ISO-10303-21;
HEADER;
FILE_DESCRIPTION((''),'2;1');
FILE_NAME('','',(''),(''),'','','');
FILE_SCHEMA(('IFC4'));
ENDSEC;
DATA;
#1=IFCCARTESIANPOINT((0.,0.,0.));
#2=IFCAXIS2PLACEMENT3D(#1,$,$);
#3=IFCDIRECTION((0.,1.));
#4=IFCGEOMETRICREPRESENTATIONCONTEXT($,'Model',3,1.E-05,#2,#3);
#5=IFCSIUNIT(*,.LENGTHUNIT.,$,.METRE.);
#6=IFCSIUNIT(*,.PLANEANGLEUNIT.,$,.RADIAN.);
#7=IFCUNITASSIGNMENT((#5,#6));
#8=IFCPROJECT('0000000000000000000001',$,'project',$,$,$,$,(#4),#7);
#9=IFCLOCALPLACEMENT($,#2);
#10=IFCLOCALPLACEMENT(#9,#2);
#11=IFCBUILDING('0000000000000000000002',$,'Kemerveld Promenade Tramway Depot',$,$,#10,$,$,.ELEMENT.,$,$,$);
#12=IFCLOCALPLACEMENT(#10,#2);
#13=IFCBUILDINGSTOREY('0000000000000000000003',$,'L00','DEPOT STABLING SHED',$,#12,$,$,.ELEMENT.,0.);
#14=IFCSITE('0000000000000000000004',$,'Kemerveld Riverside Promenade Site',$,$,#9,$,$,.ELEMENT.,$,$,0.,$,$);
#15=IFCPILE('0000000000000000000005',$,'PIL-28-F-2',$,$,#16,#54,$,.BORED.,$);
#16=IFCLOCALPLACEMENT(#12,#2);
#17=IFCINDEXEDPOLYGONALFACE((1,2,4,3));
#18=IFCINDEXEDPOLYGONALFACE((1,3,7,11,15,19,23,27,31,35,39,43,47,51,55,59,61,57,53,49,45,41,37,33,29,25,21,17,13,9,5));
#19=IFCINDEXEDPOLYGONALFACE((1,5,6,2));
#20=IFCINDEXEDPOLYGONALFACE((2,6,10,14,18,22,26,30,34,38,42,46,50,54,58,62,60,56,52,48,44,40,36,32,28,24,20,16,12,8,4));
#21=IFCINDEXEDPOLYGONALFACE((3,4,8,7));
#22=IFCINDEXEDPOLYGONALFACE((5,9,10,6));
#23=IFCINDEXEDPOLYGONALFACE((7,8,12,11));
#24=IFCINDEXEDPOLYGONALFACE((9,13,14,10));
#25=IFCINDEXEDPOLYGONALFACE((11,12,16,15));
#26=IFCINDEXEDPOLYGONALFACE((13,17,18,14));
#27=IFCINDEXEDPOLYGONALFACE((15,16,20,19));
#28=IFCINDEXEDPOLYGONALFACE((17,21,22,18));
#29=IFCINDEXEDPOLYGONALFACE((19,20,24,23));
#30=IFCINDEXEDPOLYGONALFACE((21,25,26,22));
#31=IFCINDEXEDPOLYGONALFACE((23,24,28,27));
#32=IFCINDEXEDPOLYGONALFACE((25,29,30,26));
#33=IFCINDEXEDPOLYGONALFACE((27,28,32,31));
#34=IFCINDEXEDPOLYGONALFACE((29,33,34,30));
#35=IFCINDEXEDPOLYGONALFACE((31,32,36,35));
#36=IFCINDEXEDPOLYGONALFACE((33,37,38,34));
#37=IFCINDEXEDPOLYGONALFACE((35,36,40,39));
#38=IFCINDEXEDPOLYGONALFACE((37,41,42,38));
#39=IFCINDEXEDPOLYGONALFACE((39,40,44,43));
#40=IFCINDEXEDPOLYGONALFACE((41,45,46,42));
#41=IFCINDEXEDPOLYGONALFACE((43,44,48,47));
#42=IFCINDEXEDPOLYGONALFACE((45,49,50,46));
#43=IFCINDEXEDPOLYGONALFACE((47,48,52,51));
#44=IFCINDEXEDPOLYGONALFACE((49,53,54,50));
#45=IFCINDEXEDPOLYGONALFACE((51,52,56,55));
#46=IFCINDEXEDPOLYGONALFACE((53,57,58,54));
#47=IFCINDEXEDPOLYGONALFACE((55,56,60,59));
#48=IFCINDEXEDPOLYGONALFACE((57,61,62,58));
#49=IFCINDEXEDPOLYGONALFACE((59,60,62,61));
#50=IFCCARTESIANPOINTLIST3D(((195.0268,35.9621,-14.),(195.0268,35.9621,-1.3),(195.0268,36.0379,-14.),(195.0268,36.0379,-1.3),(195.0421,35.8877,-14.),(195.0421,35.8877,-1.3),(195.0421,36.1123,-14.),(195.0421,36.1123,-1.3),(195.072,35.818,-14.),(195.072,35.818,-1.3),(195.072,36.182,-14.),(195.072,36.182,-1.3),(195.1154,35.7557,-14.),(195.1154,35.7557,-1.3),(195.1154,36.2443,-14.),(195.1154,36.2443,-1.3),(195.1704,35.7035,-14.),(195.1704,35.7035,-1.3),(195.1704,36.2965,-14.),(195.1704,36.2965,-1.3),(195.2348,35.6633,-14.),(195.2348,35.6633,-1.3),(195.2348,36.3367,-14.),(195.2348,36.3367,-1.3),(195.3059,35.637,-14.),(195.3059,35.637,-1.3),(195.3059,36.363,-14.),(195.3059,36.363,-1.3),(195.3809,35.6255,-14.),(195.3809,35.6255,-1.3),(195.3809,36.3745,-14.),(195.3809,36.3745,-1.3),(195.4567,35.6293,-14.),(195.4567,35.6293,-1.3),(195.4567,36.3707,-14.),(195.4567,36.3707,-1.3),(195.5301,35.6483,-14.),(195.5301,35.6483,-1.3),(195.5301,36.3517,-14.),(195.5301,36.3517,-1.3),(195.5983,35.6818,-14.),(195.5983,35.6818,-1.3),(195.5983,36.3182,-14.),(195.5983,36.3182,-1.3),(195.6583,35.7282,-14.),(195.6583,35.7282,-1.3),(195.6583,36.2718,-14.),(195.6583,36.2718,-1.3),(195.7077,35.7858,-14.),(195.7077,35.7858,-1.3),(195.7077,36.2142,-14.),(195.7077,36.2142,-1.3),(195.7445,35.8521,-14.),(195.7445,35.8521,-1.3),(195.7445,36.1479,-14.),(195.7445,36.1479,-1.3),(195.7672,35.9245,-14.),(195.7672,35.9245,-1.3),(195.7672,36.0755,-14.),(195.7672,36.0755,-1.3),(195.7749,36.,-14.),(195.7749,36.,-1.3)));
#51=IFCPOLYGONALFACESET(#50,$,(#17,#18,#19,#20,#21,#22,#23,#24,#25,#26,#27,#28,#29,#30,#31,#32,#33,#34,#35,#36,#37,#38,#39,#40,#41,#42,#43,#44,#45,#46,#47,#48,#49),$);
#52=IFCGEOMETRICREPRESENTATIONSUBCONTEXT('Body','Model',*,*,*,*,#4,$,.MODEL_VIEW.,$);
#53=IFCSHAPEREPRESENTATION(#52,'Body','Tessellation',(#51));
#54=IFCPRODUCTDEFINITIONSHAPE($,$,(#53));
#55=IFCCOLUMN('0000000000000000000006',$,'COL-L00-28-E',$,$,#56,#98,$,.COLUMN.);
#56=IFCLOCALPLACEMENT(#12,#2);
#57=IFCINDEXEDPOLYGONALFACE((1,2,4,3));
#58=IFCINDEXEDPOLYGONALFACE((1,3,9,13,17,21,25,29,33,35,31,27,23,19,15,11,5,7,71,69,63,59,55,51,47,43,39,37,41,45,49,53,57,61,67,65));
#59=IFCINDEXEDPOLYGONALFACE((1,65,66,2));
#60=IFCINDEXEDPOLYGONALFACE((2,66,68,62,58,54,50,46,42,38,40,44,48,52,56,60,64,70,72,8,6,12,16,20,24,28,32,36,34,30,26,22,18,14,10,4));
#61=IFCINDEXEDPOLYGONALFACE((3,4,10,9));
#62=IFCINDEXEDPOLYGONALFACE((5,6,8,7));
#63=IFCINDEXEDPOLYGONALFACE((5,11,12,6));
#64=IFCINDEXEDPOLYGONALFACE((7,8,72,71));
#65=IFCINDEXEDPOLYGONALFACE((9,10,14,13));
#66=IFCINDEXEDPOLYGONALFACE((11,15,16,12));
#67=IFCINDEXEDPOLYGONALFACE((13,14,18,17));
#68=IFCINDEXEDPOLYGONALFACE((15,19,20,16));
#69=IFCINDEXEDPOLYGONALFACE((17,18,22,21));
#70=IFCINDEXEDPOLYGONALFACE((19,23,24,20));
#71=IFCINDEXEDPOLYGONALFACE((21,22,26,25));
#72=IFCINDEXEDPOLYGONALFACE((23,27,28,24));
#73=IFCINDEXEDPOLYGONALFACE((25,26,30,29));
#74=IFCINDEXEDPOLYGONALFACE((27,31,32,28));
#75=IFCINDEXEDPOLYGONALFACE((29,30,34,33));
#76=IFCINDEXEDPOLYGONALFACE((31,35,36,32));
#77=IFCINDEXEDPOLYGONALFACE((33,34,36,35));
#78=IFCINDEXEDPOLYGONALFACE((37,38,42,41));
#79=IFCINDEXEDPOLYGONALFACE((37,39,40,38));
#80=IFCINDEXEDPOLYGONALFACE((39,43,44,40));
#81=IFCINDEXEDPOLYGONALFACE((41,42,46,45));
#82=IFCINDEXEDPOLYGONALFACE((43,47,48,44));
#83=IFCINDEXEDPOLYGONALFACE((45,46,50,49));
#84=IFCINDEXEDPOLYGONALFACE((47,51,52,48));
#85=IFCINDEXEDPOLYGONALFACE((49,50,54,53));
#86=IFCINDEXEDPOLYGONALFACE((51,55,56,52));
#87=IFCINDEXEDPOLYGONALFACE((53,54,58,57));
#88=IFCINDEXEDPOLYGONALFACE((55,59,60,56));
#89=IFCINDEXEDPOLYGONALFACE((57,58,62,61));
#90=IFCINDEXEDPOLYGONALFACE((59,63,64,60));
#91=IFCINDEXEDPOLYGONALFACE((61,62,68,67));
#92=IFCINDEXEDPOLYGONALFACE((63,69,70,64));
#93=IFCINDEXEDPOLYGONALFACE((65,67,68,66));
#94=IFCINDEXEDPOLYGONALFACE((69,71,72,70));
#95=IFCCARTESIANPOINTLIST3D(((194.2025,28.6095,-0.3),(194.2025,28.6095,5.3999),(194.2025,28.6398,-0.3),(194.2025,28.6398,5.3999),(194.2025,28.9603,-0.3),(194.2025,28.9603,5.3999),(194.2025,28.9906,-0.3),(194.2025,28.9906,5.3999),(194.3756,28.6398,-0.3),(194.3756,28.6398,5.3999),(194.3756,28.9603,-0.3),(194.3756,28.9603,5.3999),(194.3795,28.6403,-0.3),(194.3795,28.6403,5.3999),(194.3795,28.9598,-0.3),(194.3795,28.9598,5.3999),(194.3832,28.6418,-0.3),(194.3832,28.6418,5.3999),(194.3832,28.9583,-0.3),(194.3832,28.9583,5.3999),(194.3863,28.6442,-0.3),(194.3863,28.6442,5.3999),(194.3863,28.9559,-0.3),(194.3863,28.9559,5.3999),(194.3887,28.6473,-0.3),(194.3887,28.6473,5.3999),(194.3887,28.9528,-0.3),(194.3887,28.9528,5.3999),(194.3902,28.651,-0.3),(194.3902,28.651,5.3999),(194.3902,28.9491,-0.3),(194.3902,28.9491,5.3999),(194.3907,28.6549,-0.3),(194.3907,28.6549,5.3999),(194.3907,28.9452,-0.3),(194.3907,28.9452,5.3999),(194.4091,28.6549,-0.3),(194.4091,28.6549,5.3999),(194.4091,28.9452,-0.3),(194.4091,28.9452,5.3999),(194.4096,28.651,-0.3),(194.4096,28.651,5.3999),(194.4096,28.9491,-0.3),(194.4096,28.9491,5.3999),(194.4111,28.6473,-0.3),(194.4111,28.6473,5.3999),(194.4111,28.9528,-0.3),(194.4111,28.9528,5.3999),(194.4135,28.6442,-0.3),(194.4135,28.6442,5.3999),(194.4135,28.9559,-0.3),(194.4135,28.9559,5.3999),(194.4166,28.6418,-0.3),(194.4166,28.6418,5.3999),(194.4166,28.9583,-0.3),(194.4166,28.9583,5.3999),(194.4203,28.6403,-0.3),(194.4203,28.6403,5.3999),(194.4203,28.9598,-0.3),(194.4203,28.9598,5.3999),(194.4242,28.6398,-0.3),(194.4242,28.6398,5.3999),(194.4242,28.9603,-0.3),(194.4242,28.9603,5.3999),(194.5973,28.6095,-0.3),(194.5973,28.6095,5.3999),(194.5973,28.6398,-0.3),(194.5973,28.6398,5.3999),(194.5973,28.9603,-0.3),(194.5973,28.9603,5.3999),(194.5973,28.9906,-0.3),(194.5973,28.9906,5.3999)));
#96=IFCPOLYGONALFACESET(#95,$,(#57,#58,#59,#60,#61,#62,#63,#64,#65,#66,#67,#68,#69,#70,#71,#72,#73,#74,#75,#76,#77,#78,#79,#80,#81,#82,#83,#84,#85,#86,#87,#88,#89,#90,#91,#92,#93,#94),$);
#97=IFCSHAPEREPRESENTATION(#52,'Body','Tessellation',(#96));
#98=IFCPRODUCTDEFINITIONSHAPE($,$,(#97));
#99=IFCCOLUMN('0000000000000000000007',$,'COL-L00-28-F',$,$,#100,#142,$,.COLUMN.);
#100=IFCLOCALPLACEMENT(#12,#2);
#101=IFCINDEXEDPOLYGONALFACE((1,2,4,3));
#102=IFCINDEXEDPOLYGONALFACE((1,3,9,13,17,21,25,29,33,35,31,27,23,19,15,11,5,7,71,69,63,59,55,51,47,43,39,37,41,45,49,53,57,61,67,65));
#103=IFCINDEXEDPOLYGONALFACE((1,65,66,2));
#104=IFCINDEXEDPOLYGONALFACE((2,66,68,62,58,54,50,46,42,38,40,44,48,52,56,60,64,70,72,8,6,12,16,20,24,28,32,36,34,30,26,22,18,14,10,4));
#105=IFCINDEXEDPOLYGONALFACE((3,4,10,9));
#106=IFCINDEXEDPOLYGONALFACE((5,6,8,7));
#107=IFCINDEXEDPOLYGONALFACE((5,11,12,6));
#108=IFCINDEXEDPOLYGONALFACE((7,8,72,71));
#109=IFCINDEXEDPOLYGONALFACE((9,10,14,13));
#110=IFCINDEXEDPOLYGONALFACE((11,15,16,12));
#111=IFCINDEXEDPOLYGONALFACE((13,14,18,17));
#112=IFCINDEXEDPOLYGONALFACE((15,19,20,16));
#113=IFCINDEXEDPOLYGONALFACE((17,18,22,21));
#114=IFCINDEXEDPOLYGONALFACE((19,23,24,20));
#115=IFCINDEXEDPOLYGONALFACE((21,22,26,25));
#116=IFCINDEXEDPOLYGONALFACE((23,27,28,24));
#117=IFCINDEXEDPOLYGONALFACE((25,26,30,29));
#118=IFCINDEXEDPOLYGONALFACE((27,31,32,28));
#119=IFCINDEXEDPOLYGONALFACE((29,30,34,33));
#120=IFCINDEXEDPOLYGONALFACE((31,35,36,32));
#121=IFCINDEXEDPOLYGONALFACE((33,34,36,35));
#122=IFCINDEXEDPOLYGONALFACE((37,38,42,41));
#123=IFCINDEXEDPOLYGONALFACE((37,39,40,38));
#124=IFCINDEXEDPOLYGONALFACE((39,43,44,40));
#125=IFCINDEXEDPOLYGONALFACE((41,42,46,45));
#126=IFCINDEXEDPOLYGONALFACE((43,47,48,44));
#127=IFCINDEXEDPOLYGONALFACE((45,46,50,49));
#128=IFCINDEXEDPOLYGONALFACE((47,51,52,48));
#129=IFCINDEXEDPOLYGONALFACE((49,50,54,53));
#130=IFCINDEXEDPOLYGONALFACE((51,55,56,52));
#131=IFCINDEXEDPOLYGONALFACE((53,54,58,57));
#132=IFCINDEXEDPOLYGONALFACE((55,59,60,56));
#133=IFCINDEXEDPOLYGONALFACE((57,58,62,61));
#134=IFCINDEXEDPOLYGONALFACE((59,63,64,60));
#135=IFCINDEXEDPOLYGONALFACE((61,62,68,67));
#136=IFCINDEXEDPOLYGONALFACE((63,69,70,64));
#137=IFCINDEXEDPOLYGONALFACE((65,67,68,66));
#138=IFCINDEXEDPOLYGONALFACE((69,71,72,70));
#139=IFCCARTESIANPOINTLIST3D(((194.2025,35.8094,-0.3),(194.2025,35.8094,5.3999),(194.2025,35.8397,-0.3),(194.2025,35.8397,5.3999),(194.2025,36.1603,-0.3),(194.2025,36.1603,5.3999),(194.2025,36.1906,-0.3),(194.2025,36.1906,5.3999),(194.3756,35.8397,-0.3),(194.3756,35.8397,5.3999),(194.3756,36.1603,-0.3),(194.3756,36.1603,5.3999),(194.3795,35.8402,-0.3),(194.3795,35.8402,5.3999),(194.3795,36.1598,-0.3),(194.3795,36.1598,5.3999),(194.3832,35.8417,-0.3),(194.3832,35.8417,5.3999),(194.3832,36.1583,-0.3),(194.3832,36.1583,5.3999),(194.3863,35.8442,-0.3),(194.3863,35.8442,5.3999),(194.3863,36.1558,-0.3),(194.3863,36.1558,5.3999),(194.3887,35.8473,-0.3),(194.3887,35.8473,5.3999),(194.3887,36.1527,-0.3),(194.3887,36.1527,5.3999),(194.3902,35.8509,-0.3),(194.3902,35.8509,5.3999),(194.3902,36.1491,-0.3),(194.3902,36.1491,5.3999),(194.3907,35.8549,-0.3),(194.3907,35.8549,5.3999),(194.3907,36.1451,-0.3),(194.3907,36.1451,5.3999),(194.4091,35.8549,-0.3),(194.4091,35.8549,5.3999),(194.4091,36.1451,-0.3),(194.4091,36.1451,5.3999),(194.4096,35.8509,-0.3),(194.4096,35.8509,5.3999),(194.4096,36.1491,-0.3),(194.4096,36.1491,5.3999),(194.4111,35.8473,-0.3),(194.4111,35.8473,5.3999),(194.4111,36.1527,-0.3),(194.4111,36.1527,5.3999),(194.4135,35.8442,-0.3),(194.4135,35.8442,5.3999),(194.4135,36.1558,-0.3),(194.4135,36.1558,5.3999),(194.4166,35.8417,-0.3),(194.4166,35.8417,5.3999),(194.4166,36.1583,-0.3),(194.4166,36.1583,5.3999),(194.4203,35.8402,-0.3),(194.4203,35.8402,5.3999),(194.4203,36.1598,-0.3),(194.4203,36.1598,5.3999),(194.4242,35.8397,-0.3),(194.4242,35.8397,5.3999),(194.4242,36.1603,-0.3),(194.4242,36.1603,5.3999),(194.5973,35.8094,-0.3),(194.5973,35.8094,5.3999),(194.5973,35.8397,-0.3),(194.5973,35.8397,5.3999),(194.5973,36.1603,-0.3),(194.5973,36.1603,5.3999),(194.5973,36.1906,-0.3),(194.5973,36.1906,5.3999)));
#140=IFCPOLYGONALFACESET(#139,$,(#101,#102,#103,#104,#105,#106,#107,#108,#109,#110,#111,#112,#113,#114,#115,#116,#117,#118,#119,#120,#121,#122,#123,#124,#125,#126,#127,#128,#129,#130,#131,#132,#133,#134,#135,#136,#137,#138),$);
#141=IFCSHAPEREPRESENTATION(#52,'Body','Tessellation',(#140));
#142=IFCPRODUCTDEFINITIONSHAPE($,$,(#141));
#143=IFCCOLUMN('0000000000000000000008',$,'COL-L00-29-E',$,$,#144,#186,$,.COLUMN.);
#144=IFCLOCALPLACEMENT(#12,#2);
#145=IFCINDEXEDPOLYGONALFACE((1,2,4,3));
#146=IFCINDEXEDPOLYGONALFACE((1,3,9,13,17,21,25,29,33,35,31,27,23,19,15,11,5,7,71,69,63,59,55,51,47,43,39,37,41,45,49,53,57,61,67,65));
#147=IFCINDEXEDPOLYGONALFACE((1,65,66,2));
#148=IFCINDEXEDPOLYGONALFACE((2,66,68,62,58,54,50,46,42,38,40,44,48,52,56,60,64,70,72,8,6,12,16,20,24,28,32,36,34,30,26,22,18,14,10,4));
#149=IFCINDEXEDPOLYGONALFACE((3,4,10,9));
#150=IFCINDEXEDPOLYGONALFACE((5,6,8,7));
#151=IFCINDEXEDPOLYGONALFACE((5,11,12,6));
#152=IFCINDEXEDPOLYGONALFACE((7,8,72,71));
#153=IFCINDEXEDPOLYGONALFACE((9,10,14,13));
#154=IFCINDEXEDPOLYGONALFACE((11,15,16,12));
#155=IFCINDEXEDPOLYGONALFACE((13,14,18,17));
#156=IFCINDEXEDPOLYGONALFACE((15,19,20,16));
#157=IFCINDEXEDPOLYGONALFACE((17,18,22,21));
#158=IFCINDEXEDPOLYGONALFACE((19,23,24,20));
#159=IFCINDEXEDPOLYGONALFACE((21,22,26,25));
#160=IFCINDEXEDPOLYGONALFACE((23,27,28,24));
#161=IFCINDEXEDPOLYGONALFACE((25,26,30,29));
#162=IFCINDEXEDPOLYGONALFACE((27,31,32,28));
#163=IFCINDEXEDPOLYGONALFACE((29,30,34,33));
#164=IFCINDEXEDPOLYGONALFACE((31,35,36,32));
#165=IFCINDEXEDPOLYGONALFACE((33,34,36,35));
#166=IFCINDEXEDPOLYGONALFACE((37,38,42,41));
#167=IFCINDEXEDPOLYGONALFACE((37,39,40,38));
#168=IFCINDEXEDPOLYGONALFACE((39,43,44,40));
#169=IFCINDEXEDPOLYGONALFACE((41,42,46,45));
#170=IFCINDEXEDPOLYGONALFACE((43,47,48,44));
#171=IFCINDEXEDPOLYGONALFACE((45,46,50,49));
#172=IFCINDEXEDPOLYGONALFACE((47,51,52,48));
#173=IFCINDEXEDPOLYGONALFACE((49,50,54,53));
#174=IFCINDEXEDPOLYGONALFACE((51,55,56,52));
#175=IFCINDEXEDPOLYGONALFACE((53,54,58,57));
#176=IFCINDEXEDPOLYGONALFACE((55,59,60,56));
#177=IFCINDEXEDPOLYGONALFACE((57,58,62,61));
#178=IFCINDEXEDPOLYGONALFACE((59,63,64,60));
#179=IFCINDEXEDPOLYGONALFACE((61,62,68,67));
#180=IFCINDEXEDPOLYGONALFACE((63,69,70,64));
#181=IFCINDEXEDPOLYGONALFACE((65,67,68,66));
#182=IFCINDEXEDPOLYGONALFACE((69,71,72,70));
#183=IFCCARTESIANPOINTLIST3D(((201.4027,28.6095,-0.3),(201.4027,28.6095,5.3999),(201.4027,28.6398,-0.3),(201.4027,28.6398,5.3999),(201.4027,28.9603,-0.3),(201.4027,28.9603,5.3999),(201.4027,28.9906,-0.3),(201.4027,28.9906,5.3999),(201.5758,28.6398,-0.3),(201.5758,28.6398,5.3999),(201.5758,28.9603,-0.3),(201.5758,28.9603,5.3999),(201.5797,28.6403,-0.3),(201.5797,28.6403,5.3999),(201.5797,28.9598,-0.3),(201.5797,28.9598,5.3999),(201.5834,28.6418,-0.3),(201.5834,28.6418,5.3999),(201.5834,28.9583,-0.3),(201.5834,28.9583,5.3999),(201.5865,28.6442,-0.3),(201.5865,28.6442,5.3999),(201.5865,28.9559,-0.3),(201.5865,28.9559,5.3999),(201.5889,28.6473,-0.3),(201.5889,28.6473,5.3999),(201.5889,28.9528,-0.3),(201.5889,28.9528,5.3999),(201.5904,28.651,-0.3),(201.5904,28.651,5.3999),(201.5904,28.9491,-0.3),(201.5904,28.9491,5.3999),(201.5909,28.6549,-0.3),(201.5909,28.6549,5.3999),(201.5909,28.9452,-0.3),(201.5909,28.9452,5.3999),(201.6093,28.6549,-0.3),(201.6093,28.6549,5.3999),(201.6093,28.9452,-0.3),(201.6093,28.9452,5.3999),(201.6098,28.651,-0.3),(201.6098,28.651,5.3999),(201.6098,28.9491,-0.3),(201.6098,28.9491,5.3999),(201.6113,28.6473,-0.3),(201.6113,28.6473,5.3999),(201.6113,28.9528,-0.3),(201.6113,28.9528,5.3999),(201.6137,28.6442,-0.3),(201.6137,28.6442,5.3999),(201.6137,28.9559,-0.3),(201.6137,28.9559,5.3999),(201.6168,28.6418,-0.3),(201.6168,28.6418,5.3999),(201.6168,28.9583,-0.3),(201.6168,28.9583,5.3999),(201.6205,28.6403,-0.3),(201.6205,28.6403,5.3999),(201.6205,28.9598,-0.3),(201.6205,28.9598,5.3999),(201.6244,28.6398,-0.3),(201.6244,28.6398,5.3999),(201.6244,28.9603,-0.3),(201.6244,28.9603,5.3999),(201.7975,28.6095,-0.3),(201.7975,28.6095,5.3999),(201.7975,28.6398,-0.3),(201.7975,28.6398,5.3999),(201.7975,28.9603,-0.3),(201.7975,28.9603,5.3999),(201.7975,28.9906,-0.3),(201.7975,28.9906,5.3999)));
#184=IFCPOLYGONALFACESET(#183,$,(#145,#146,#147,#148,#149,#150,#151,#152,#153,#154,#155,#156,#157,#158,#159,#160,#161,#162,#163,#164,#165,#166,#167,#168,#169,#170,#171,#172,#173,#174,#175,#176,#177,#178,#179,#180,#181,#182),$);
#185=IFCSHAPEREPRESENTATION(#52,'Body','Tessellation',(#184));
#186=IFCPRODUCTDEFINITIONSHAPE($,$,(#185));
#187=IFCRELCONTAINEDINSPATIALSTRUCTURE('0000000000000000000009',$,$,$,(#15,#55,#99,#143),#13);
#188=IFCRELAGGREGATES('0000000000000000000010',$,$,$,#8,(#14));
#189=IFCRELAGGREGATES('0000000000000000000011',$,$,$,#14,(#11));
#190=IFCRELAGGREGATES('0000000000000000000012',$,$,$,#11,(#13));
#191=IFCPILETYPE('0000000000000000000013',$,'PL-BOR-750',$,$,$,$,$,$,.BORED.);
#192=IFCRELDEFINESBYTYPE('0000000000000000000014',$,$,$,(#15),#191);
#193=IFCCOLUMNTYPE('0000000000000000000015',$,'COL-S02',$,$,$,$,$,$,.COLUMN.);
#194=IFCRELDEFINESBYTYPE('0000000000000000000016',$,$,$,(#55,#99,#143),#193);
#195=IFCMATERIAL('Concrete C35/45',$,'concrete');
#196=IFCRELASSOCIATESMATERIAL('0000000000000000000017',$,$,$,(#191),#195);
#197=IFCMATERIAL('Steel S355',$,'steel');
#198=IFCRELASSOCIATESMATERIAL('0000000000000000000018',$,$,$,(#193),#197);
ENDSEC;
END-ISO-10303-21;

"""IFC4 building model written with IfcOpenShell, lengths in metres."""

from ifc_helpers import new_model, si_unit, direction, frame, origin, origin_2d, place, context, subcontext, project, spatial, circle, i_section, extrude, material, material_profile, profile_set, type_object, element, save


model = new_model("IFC4")

# Units and contexts
model_context = context("Model", 3, precision=1e-05, world=origin(), true_north=direction((0.0, 1.0)))
body_context = subcontext(model_context, "Body", "Model", "MODEL_VIEW")
ifc_project = project(units=[si_unit("LENGTHUNIT", "METRE"), si_unit("PLANEANGLEUNIT", "RADIAN")], contexts=[model_context])

# Site, building, storey
site_placement = place(None, origin())
site = spatial("IfcSite", under=ifc_project, at=site_placement, Name="Kemerveld Riverside Promenade Site", CompositionType="ELEMENT", RefElevation=0.0)
building_placement = place(site_placement, origin())
building = spatial("IfcBuilding", under=site, at=building_placement, Name="Kemerveld Promenade Tramway Depot", CompositionType="ELEMENT")
storey_placement = place(building_placement, origin())
storey = spatial("IfcBuildingStorey", under=building, at=storey_placement, Name="L00", Description="DEPOT STABLING SHED", CompositionType="ELEMENT", Elevation=0.0)

# Shared definitions
ifc_material_1 = material(Name="Concrete C35/45", Category="concrete")

# Pile
ifc_material_profile_1 = material_profile(ifc_material_1, circle(Radius=0.375, at=origin_2d()), Name="PILE-D750")
ifc_profile_set_1 = profile_set([ifc_material_profile_1], Name="Concrete C35/45")
pile_type_1 = type_object("IfcPileType", Name="PL-BOR-750", PredefinedType="BORED", material=ifc_profile_set_1)
for number, where, z_axis, x_axis, name in (
    (1, (195.3999, 36.0, -1.3), (0.0, 0.0, -1.0), (1.0, 0.0, 0.0), "PIL-28-F-2"),
):
    element("IfcPile", number, at=place(storey_placement, frame(where, z_axis=z_axis, x_axis=x_axis)), inside=storey, type_object=pile_type_1, Name=name, PredefinedType="BORED", context=body_context, shape_type="SweptSolid", body=[
        extrude(circle(Radius=0.375, at=origin_2d()), origin(), (0.0, 0.0, 1.0), 12.7),
    ])

# Columns
ifc_material_2 = material(Name="Steel S355", Category="steel")
ifc_material_profile_2 = material_profile(ifc_material_2, i_section(OverallWidth=0.3948, OverallDepth=0.3811, WebThickness=0.0183, FlangeThickness=0.0303, FilletRadius=0.0151, at=origin_2d()), Name="356x406x235 UC")
ifc_profile_set_2 = profile_set([ifc_material_profile_2], Name="Steel S355")
column_type = type_object("IfcColumnType", Name="COL-S02", PredefinedType="COLUMN", material=ifc_profile_set_2)
for number, where, z_axis, x_axis, name in (
    (2, (194.3999, 28.8, -0.3), (0.0, 0.0, 1.0), (1.0, 0.0, 0.0), "COL-L00-28-E"),
    (3, (194.3999, 36.0, -0.3), (0.0, 0.0, 1.0), (1.0, 0.0, 0.0), "COL-L00-28-F"),
    (4, (201.6001, 28.8, -0.3), (0.0, 0.0, 1.0), (1.0, 0.0, 0.0), "COL-L00-29-E"),
):
    element("IfcColumn", number, at=place(storey_placement, frame(where, z_axis=z_axis, x_axis=x_axis)), inside=storey, type_object=column_type, Name=name, PredefinedType="COLUMN", context=body_context, shape_type="SweptSolid", body=[
        extrude(i_section(OverallWidth=0.3948, OverallDepth=0.3811, WebThickness=0.0183, FlangeThickness=0.0303, FilletRadius=0.0151, at=origin_2d()), origin(), (0.0, 0.0, 1.0), 5.7),
    ])

save(model, "model.ifc")
